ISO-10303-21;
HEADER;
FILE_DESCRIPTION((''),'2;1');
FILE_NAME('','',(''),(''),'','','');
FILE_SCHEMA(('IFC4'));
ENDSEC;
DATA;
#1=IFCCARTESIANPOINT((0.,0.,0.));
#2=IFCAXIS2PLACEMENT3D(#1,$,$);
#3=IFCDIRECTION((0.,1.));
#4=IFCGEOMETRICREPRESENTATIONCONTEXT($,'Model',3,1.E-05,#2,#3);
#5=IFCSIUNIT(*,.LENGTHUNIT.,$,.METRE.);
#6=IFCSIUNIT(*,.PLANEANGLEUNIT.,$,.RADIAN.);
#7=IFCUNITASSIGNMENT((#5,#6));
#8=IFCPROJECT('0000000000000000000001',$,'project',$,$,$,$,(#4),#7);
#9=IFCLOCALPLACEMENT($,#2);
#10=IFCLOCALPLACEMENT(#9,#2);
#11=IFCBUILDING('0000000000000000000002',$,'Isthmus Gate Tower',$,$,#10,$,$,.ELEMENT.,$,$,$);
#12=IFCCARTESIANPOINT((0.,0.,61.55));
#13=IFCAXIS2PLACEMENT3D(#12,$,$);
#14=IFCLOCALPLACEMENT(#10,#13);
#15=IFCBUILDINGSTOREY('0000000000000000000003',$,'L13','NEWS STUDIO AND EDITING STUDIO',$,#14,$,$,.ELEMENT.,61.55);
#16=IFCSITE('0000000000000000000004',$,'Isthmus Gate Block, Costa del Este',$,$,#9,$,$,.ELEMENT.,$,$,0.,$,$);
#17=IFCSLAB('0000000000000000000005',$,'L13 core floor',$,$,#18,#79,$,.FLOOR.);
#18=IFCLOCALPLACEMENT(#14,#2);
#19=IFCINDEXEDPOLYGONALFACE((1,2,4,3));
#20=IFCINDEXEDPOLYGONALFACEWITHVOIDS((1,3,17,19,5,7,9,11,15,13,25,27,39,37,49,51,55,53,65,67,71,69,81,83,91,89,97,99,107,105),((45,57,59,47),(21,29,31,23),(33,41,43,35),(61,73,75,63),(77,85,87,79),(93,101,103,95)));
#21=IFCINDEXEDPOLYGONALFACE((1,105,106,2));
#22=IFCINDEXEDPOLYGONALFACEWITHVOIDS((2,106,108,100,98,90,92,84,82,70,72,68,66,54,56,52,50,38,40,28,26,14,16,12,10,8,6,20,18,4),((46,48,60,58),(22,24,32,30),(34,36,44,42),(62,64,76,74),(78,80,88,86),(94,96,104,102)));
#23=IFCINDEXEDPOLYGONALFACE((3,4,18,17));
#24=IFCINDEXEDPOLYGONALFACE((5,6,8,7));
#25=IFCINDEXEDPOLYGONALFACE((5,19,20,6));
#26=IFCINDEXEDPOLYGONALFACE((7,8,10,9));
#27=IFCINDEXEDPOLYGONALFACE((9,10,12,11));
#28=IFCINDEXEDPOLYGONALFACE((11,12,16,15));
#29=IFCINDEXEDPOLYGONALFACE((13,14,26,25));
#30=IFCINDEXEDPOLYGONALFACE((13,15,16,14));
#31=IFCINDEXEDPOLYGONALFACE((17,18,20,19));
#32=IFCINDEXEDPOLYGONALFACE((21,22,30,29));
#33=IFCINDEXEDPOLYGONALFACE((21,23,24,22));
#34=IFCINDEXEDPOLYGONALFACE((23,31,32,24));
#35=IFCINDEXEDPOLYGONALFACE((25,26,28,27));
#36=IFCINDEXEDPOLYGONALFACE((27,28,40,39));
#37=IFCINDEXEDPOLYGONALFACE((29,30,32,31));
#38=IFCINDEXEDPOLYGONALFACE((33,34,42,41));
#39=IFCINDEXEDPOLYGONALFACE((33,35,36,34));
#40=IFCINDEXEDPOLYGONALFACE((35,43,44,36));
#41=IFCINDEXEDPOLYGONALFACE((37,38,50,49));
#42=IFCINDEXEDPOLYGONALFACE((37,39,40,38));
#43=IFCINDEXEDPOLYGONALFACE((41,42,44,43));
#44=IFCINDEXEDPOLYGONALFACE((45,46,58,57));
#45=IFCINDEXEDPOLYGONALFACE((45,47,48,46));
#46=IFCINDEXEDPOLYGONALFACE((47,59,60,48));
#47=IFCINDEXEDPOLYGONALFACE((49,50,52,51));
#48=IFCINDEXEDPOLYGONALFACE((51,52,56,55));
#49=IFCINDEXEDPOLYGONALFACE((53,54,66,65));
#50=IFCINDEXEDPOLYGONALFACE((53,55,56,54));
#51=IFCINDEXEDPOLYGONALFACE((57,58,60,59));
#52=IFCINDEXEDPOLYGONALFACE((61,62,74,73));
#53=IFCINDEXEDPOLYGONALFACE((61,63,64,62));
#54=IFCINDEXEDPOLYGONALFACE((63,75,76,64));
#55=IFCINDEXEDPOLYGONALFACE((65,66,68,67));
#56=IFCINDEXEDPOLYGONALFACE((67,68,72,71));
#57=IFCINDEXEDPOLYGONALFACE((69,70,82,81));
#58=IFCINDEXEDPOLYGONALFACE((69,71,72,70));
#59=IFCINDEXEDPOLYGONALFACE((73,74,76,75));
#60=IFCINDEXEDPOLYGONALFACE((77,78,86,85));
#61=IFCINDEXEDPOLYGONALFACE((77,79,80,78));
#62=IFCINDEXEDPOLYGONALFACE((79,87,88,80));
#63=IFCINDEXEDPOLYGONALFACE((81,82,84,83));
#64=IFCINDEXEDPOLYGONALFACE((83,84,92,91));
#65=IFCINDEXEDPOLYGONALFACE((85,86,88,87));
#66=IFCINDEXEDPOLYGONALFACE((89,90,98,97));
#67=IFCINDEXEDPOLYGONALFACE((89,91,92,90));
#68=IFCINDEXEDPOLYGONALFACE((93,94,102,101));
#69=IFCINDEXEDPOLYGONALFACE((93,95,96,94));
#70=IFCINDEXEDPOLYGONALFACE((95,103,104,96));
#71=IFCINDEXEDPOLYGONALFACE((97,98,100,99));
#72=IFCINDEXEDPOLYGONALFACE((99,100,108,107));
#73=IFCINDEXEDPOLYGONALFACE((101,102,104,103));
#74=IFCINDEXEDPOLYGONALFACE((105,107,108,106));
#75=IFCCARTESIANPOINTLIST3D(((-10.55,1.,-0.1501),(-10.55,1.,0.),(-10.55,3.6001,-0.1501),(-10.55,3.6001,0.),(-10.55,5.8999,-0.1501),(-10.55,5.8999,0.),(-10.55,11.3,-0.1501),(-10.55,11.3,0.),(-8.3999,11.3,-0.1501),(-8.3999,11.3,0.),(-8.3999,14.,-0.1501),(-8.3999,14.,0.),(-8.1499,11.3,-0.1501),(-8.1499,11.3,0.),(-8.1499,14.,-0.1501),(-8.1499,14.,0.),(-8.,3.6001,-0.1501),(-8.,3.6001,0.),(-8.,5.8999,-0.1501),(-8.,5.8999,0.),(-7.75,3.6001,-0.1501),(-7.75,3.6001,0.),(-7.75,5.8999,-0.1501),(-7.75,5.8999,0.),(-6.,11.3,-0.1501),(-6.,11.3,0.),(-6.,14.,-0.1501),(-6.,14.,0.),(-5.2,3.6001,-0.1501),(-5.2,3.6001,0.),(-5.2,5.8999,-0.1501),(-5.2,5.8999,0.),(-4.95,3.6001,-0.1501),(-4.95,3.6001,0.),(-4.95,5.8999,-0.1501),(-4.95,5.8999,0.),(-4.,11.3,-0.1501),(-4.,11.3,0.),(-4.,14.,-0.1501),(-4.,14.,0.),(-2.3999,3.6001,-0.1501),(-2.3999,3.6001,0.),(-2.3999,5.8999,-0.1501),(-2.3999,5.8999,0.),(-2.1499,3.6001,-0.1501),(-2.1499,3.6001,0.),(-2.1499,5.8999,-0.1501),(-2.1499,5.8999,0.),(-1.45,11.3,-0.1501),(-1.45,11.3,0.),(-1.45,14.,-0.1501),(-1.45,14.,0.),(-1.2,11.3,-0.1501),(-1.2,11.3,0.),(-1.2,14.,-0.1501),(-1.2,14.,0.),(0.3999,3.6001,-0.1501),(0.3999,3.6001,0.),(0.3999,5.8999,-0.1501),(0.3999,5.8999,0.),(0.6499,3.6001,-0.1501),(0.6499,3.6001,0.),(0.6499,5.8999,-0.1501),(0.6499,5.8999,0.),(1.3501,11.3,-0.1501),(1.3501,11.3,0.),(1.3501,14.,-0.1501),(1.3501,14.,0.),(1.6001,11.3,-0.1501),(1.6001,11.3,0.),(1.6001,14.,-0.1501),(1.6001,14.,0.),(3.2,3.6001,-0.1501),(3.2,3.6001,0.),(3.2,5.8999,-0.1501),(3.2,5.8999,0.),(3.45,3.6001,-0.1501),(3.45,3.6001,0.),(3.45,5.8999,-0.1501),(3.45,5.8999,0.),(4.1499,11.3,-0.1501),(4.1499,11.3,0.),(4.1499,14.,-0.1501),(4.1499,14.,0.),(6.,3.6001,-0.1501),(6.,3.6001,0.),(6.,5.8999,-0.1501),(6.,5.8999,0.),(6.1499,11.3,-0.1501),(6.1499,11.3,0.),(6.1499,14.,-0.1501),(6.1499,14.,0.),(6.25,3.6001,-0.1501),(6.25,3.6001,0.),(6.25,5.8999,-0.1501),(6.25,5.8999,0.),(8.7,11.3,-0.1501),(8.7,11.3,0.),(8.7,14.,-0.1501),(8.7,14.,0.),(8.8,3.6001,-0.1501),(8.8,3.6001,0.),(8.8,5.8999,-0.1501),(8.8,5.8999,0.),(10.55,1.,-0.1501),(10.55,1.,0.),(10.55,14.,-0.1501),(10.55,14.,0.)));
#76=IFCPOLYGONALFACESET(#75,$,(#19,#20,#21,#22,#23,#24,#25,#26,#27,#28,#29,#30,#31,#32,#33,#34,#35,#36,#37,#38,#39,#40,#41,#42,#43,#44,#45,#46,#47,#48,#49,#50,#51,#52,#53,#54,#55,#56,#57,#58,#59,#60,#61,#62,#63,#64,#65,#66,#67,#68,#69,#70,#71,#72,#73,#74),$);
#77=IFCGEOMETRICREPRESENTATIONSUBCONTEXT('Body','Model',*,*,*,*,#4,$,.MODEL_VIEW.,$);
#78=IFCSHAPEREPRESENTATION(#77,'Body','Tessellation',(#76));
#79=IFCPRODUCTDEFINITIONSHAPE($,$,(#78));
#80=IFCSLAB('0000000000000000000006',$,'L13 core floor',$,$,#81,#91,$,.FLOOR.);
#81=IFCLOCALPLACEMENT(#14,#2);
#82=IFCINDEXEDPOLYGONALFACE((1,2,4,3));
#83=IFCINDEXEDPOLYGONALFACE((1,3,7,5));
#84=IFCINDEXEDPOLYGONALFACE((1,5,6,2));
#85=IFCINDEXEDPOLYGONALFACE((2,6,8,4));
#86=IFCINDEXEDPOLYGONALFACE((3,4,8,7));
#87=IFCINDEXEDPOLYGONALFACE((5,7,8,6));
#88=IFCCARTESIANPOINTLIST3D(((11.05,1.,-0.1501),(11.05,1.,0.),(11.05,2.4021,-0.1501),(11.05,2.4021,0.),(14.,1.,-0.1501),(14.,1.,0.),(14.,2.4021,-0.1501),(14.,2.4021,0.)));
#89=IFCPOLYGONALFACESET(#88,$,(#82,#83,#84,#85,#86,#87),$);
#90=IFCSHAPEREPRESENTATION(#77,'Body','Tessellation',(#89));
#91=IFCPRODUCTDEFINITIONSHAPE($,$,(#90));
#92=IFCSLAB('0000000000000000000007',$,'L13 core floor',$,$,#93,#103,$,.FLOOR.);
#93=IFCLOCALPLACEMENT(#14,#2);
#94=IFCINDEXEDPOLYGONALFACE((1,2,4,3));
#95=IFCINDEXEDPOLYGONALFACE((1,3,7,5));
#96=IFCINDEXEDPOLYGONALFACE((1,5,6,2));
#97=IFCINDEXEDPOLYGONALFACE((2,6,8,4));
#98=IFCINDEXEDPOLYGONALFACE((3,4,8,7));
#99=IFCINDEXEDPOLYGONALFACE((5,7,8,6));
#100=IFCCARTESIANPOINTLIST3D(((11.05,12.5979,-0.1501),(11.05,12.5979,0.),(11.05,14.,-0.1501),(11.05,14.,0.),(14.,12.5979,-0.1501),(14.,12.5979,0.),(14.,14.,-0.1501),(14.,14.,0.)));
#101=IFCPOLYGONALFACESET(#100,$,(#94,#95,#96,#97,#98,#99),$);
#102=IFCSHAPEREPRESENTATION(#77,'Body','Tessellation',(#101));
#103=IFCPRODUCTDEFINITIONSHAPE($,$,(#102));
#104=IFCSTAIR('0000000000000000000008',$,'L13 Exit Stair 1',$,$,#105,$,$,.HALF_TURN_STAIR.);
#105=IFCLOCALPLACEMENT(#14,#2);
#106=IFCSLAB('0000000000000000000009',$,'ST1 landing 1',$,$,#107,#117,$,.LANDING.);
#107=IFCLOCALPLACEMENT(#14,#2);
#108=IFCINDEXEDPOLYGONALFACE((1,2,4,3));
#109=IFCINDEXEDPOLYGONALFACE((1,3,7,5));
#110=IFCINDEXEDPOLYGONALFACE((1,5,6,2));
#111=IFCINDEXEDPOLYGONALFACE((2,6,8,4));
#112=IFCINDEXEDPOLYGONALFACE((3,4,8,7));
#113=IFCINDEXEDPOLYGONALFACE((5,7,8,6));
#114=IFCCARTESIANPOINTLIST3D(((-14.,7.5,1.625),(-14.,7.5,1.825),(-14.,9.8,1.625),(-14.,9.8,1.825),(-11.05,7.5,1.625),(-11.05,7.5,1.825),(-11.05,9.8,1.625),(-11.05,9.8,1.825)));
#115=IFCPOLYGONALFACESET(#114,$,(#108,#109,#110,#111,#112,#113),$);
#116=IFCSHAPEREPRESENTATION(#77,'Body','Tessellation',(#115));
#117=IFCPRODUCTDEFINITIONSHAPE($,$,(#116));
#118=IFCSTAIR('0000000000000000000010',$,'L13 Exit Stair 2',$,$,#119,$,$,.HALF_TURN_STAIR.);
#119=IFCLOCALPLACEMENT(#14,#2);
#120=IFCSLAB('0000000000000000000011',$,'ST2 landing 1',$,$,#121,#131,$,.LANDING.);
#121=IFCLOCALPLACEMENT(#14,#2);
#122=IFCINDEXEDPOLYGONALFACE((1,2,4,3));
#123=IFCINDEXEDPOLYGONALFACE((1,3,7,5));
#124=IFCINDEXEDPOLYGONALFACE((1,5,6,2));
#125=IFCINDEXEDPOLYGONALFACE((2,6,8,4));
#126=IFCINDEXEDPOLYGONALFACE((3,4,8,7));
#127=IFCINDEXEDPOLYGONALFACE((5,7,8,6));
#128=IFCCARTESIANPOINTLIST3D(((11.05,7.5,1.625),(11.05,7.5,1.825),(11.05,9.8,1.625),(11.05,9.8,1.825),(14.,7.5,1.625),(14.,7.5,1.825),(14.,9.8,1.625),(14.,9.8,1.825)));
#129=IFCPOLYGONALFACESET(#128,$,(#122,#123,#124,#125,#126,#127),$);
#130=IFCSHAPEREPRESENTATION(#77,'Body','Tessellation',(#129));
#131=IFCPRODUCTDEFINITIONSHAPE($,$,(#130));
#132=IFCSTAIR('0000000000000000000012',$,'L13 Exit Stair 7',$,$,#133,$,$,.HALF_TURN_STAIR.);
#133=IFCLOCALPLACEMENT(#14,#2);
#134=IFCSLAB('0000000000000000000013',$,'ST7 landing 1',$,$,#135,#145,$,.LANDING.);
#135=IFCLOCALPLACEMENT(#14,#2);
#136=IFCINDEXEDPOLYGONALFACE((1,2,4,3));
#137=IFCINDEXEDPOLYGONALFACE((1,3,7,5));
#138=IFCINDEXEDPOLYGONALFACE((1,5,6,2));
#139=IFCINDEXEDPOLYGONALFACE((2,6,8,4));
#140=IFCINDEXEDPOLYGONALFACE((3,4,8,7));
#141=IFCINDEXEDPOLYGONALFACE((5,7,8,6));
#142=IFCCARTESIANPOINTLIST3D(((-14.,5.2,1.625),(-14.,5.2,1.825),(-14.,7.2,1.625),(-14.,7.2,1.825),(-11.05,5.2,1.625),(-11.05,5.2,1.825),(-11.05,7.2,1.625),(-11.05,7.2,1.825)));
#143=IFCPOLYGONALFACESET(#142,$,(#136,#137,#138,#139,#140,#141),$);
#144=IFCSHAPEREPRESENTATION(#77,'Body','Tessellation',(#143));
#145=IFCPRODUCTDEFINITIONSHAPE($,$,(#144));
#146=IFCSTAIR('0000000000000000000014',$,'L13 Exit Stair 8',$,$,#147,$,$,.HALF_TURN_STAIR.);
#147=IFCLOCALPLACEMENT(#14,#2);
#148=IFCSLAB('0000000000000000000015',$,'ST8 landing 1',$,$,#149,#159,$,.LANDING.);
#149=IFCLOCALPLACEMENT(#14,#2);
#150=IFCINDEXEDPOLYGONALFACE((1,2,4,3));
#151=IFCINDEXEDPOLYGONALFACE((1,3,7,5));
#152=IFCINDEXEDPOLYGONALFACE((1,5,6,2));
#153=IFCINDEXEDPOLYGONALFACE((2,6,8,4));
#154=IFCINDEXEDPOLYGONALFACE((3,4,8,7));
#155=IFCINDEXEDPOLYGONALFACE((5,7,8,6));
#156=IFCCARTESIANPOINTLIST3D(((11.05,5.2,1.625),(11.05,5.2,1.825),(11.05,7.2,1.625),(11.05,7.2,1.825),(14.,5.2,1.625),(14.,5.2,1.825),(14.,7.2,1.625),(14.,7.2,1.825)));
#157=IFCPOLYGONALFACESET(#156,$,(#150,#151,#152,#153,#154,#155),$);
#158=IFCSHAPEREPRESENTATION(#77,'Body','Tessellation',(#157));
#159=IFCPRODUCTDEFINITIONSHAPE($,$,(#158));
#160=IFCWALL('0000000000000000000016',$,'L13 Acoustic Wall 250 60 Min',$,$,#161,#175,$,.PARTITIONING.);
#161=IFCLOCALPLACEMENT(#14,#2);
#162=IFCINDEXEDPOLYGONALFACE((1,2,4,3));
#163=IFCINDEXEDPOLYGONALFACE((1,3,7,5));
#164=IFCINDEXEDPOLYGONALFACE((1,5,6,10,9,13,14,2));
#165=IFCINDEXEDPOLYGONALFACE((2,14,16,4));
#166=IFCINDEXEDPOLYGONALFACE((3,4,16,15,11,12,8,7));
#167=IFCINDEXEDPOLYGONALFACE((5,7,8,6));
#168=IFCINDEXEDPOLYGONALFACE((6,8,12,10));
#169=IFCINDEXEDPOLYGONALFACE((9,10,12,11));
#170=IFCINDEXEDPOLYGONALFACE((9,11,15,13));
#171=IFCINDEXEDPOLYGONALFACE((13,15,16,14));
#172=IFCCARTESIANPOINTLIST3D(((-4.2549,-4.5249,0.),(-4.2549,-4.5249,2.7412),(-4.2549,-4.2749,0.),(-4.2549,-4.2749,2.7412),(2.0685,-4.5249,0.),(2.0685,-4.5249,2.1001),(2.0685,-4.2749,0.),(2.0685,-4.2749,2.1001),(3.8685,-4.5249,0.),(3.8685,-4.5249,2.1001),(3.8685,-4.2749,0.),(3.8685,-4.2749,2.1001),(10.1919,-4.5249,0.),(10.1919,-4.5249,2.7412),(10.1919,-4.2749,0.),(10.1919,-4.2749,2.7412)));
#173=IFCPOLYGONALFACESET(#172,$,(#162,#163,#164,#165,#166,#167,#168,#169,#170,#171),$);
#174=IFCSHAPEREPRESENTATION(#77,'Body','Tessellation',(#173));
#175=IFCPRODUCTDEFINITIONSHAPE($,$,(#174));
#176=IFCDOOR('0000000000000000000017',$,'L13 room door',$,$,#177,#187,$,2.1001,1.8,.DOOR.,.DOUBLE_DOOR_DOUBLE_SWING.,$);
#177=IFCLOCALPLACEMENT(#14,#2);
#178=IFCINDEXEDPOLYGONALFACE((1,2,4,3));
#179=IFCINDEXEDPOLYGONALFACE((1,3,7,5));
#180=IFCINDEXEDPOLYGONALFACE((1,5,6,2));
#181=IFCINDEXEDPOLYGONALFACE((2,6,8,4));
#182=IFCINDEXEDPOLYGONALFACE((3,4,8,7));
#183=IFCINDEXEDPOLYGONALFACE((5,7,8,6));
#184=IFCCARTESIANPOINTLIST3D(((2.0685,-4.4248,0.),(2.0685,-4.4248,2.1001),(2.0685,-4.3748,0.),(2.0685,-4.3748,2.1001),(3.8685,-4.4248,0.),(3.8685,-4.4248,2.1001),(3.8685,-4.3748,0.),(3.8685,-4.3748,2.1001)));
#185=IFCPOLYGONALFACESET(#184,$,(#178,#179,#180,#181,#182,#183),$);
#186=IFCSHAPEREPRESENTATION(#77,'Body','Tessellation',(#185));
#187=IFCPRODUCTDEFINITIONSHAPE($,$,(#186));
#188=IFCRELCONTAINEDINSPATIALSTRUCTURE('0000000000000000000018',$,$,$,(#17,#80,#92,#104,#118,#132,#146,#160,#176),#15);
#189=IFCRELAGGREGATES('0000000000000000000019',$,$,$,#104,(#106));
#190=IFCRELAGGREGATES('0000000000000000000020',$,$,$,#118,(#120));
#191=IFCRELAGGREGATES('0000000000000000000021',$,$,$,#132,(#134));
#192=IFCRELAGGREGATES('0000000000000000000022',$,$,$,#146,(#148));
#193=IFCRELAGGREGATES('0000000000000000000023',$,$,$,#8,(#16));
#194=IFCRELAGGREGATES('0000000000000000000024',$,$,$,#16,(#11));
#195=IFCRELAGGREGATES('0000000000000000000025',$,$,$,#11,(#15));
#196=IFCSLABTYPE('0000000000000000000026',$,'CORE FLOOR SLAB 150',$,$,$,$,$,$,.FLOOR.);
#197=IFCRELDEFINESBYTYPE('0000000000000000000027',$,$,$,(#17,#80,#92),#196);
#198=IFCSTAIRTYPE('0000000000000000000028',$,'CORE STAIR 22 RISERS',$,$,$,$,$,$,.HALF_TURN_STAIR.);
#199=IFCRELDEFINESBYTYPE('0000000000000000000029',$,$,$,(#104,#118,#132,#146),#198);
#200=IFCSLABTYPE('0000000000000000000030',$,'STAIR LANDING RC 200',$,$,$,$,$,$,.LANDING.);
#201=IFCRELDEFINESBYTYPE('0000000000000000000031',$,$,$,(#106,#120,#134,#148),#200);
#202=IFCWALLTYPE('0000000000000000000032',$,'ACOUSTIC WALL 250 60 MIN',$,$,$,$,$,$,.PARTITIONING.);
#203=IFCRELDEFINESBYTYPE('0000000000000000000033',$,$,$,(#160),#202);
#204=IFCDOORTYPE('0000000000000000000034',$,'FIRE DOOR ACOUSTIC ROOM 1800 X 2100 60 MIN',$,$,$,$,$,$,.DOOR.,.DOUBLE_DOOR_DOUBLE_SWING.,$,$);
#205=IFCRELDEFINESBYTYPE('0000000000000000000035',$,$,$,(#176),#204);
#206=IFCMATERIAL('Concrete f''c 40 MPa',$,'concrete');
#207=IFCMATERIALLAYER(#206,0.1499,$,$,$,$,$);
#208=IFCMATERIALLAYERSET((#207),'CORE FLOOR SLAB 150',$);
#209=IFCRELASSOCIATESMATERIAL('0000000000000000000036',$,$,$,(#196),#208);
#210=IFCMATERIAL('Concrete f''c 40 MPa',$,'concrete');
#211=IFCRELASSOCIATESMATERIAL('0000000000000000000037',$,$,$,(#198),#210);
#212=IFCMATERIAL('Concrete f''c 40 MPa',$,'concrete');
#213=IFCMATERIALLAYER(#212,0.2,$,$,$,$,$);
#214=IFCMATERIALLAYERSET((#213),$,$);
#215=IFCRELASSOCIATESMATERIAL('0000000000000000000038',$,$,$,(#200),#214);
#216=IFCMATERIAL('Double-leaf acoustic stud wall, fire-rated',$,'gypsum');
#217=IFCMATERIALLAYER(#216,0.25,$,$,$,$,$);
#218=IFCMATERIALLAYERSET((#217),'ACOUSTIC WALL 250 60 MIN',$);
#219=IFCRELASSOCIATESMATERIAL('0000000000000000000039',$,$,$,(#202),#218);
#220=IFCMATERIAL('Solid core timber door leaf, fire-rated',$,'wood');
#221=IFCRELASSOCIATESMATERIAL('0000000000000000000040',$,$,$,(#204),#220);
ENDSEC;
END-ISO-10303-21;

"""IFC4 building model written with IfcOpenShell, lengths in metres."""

from ifc_helpers import new_model, si_unit, direction, frame, frame_2d, origin, place, context, subcontext, project, spatial, polyline, rectangle, outline, extrude, material, layer, layer_set, type_object, element, fill, aggregate, save


model = new_model("IFC4")

# Units and contexts
model_context = context("Model", 3, precision=1e-05, world=origin(), true_north=direction((0.0, 1.0)))
body_context = subcontext(model_context, "Body", "Model", "MODEL_VIEW")
ifc_project = project(units=[si_unit("LENGTHUNIT", "METRE"), si_unit("PLANEANGLEUNIT", "RADIAN")], contexts=[model_context])

# Site, building, storey
site_placement = place(None, origin())
site = spatial("IfcSite", under=ifc_project, at=site_placement, Name="Isthmus Gate Block, Costa del Este", CompositionType="ELEMENT", RefElevation=0.0)
building_placement = place(site_placement, origin())
building = spatial("IfcBuilding", under=site, at=building_placement, Name="Isthmus Gate Tower", CompositionType="ELEMENT")
storey_placement = place(building_placement, frame((0.0, 0.0, 61.55)))
storey = spatial("IfcBuildingStorey", under=building, at=storey_placement, Name="L13", Description="NEWS STUDIO AND EDITING STUDIO", CompositionType="ELEMENT", Elevation=61.55)

# Slabs
ifc_material_1 = material(Name="Concrete f'c 40 MPa", Category="concrete")
ifc_layer_1 = layer(ifc_material_1, 0.1499)
ifc_layer_set_1 = layer_set([ifc_layer_1], Name="CORE FLOOR SLAB 150")
slab_type_1 = type_object("IfcSlabType", Name="CORE FLOOR SLAB 150", PredefinedType="FLOOR", material=ifc_layer_set_1)
slab_1_placement = place(storey_placement, frame((0.0, 0.0, -0.1501)))
element("IfcSlab", 1, at=slab_1_placement, inside=storey, type_object=slab_type_1, Name="L13 core floor", PredefinedType="FLOOR", context=body_context, shape_type="SweptSolid", body=[
    extrude(outline(polyline([(10.55, 14.0), (8.7, 14.0), (8.7, 11.3), (6.1499, 11.3), (6.1499, 14.0), (4.1499, 14.0), (4.1499, 11.3), (1.6001, 11.3), (1.6001, 14.0), (1.3501, 14.0), (1.3501, 11.3), (-1.2, 11.3), (-1.2, 14.0), (-1.45, 14.0), (-1.45, 11.3), (-4.0, 11.3), (-4.0, 14.0), (-6.0, 14.0), (-6.0, 11.3), (-8.1499, 11.3), (-8.1499, 14.0), (-8.3999, 14.0), (-8.3999, 11.3), (-10.55, 11.3), (-10.55, 5.8999), (-8.0, 5.8999), (-8.0, 3.6001), (-10.55, 3.6001), (-10.55, 1.0), (10.55, 1.0), (10.55, 14.0)]), holes=[polyline([(-5.2, 5.8999), (-5.2, 3.6001), (-7.75, 3.6001), (-7.75, 5.8999), (-5.2, 5.8999)]), polyline([(-2.3999, 5.8999), (-2.3999, 3.6001), (-4.95, 3.6001), (-4.95, 5.8999), (-2.3999, 5.8999)]), polyline([(0.3999, 5.8999), (0.3999, 3.6001), (-2.1499, 3.6001), (-2.1499, 5.8999), (0.3999, 5.8999)]), polyline([(3.2, 5.8999), (3.2, 3.6001), (0.6499, 3.6001), (0.6499, 5.8999), (3.2, 5.8999)]), polyline([(6.0, 5.8999), (6.0, 3.6001), (3.45, 3.6001), (3.45, 5.8999), (6.0, 5.8999)]), polyline([(8.8, 5.8999), (8.8, 3.6001), (6.25, 3.6001), (6.25, 5.8999), (8.8, 5.8999)])]), origin(), (0.0, 0.0, 1.0), 0.1501),
])
slab_2_placement = place(storey_placement, frame((0.0, 0.0, -0.1501)))
element("IfcSlab", 2, at=slab_2_placement, inside=storey, type_object=slab_type_1, Name="L13 core floor", PredefinedType="FLOOR", context=body_context, shape_type="SweptSolid", body=[
    extrude(outline(polyline([(14.0, 1.0), (14.0, 2.4021), (11.05, 2.4021), (11.05, 1.0), (14.0, 1.0)])), origin(), (0.0, 0.0, 1.0), 0.1501),
])
slab_3_placement = place(storey_placement, frame((0.0, 0.0, -0.1501)))
element("IfcSlab", 3, at=slab_3_placement, inside=storey, type_object=slab_type_1, Name="L13 core floor", PredefinedType="FLOOR", context=body_context, shape_type="SweptSolid", body=[
    extrude(outline(polyline([(11.05, 14.0), (11.05, 12.5979), (14.0, 12.5979), (14.0, 14.0), (11.05, 14.0)])), origin(), (0.0, 0.0, 1.0), 0.1501),
])

# Stairs, slabs
ifc_material_2 = material(Name="Concrete f'c 40 MPa", Category="concrete")
stair_type = type_object("IfcStairType", Name="CORE STAIR 22 RISERS", PredefinedType="HALF_TURN_STAIR", material=ifc_material_2)
stair_1_placement = place(storey_placement, origin())
stair_1 = element("IfcStair", 4, at=stair_1_placement, inside=storey, type_object=stair_type, Name="L13 Exit Stair 1", PredefinedType="HALF_TURN_STAIR")
ifc_material_3 = material(Name="Concrete f'c 40 MPa", Category="concrete")
ifc_layer_2 = layer(ifc_material_3, 0.2)
ifc_layer_set_2 = layer_set([ifc_layer_2])
slab_type_2 = type_object("IfcSlabType", Name="STAIR LANDING RC 200", PredefinedType="LANDING", material=ifc_layer_set_2)
slab_4_placement = place(storey_placement, frame((0.0, 0.0, 1.625)))
slab_4 = element("IfcSlab", 5, at=slab_4_placement, type_object=slab_type_2, Name="ST1 landing 1", PredefinedType="LANDING", context=body_context, shape_type="SweptSolid", body=[
    extrude(outline(polyline([(-14.0, 9.8), (-14.0, 7.5), (-11.05, 7.5), (-11.05, 9.8), (-14.0, 9.8)])), origin(), (0.0, 0.0, 1.0), 0.2),
])
aggregate(stair_1, [slab_4])
stair_2_placement = place(storey_placement, origin())
stair_2 = element("IfcStair", 6, at=stair_2_placement, inside=storey, type_object=stair_type, Name="L13 Exit Stair 2", PredefinedType="HALF_TURN_STAIR")
slab_5_placement = place(storey_placement, frame((0.0, 0.0, 1.625)))
slab_5 = element("IfcSlab", 7, at=slab_5_placement, type_object=slab_type_2, Name="ST2 landing 1", PredefinedType="LANDING", context=body_context, shape_type="SweptSolid", body=[
    extrude(outline(polyline([(11.05, 9.8), (11.05, 7.5), (14.0, 7.5), (14.0, 9.8), (11.05, 9.8)])), origin(), (0.0, 0.0, 1.0), 0.2),
])
aggregate(stair_2, [slab_5])
stair_3_placement = place(storey_placement, origin())
stair_3 = element("IfcStair", 8, at=stair_3_placement, inside=storey, type_object=stair_type, Name="L13 Exit Stair 7", PredefinedType="HALF_TURN_STAIR")
slab_6_placement = place(storey_placement, frame((0.0, 0.0, 1.625)))
slab_6 = element("IfcSlab", 9, at=slab_6_placement, type_object=slab_type_2, Name="ST7 landing 1", PredefinedType="LANDING", context=body_context, shape_type="SweptSolid", body=[
    extrude(outline(polyline([(-11.05, 5.2), (-11.05, 7.2), (-14.0, 7.2), (-14.0, 5.2), (-11.05, 5.2)])), origin(), (0.0, 0.0, 1.0), 0.2),
])
aggregate(stair_3, [slab_6])
stair_4_placement = place(storey_placement, origin())
stair_4 = element("IfcStair", 10, at=stair_4_placement, inside=storey, type_object=stair_type, Name="L13 Exit Stair 8", PredefinedType="HALF_TURN_STAIR")
slab_7_placement = place(storey_placement, frame((0.0, 0.0, 1.625)))
slab_7 = element("IfcSlab", 11, at=slab_7_placement, type_object=slab_type_2, Name="ST8 landing 1", PredefinedType="LANDING", context=body_context, shape_type="SweptSolid", body=[
    extrude(outline(polyline([(14.0, 5.2), (14.0, 7.2), (11.05, 7.2), (11.05, 5.2), (14.0, 5.2)])), origin(), (0.0, 0.0, 1.0), 0.2),
])
aggregate(stair_4, [slab_7])

# Wall, opening, door
ifc_material_4 = material(Name="Double-leaf acoustic stud wall, fire-rated", Category="gypsum")
ifc_layer_3 = layer(ifc_material_4, 0.25)
ifc_layer_set_3 = layer_set([ifc_layer_3], Name="ACOUSTIC WALL 250 60 MIN")
wall_type_1 = type_object("IfcWallType", Name="ACOUSTIC WALL 250 60 MIN", PredefinedType="PARTITIONING", material=ifc_layer_set_3)
wall_1_placement = place(storey_placement, frame((10.1919, -4.3999, 0.0), z_axis=(0.0, 0.0, 1.0), x_axis=(-1.0, 0.0, 0.0)))
wall_1 = element("IfcWall", 12, at=wall_1_placement, inside=storey, type_object=wall_type_1, Name="L13 Acoustic Wall 250 60 Min", PredefinedType="PARTITIONING", context=body_context, shape_type="SweptSolid", body=[
    extrude(rectangle(XDim=14.4468, YDim=0.25, at=frame_2d((7.2234, 0.0))), origin(), (0.0, 0.0, 1.0), 2.7412),
])
opening_placement = place(wall_1_placement, frame((6.3235, 0.0, 0.0)))
opening = element("IfcOpeningElement", 13, at=opening_placement, cuts=wall_1, PredefinedType="OPENING", context=body_context, shape_type="SweptSolid", body=[
    extrude(rectangle(XDim=1.8, YDim=2.1001, at=frame_2d((0.8999, 1.05))), frame((0.0, 0.135, 0.0), z_axis=(0.0, -1.0, 0.0), x_axis=(1.0, 0.0, 0.0)), (0.0, 0.0, 1.0), 0.27),
])
ifc_material_5 = material(Name="Solid core timber door leaf, fire-rated", Category="wood")
door_type = type_object("IfcDoorType", Name="FIRE DOOR ACOUSTIC ROOM 1800 X 2100 60 MIN", OperationType="DOUBLE_DOOR_DOUBLE_SWING", PredefinedType="DOOR", material=ifc_material_5)
door_placement = place(opening_placement, origin())
door = element("IfcDoor", 14, at=door_placement, inside=storey, type_object=door_type, Name="L13 room door", OperationType="DOUBLE_DOOR_DOUBLE_SWING", OverallHeight=2.1001, OverallWidth=1.8, PredefinedType="DOOR", context=body_context, shape_type="SweptSolid", body=[
    extrude(rectangle(XDim=1.8, YDim=2.1001, at=frame_2d((0.8999, 1.05))), frame((0.0, 0.0249, 0.0), z_axis=(0.0, -1.0, 0.0), x_axis=(1.0, 0.0, 0.0)), (0.0, 0.0, 1.0), 0.05),
])
fill(opening, door)

save(model, "model.ifc")
